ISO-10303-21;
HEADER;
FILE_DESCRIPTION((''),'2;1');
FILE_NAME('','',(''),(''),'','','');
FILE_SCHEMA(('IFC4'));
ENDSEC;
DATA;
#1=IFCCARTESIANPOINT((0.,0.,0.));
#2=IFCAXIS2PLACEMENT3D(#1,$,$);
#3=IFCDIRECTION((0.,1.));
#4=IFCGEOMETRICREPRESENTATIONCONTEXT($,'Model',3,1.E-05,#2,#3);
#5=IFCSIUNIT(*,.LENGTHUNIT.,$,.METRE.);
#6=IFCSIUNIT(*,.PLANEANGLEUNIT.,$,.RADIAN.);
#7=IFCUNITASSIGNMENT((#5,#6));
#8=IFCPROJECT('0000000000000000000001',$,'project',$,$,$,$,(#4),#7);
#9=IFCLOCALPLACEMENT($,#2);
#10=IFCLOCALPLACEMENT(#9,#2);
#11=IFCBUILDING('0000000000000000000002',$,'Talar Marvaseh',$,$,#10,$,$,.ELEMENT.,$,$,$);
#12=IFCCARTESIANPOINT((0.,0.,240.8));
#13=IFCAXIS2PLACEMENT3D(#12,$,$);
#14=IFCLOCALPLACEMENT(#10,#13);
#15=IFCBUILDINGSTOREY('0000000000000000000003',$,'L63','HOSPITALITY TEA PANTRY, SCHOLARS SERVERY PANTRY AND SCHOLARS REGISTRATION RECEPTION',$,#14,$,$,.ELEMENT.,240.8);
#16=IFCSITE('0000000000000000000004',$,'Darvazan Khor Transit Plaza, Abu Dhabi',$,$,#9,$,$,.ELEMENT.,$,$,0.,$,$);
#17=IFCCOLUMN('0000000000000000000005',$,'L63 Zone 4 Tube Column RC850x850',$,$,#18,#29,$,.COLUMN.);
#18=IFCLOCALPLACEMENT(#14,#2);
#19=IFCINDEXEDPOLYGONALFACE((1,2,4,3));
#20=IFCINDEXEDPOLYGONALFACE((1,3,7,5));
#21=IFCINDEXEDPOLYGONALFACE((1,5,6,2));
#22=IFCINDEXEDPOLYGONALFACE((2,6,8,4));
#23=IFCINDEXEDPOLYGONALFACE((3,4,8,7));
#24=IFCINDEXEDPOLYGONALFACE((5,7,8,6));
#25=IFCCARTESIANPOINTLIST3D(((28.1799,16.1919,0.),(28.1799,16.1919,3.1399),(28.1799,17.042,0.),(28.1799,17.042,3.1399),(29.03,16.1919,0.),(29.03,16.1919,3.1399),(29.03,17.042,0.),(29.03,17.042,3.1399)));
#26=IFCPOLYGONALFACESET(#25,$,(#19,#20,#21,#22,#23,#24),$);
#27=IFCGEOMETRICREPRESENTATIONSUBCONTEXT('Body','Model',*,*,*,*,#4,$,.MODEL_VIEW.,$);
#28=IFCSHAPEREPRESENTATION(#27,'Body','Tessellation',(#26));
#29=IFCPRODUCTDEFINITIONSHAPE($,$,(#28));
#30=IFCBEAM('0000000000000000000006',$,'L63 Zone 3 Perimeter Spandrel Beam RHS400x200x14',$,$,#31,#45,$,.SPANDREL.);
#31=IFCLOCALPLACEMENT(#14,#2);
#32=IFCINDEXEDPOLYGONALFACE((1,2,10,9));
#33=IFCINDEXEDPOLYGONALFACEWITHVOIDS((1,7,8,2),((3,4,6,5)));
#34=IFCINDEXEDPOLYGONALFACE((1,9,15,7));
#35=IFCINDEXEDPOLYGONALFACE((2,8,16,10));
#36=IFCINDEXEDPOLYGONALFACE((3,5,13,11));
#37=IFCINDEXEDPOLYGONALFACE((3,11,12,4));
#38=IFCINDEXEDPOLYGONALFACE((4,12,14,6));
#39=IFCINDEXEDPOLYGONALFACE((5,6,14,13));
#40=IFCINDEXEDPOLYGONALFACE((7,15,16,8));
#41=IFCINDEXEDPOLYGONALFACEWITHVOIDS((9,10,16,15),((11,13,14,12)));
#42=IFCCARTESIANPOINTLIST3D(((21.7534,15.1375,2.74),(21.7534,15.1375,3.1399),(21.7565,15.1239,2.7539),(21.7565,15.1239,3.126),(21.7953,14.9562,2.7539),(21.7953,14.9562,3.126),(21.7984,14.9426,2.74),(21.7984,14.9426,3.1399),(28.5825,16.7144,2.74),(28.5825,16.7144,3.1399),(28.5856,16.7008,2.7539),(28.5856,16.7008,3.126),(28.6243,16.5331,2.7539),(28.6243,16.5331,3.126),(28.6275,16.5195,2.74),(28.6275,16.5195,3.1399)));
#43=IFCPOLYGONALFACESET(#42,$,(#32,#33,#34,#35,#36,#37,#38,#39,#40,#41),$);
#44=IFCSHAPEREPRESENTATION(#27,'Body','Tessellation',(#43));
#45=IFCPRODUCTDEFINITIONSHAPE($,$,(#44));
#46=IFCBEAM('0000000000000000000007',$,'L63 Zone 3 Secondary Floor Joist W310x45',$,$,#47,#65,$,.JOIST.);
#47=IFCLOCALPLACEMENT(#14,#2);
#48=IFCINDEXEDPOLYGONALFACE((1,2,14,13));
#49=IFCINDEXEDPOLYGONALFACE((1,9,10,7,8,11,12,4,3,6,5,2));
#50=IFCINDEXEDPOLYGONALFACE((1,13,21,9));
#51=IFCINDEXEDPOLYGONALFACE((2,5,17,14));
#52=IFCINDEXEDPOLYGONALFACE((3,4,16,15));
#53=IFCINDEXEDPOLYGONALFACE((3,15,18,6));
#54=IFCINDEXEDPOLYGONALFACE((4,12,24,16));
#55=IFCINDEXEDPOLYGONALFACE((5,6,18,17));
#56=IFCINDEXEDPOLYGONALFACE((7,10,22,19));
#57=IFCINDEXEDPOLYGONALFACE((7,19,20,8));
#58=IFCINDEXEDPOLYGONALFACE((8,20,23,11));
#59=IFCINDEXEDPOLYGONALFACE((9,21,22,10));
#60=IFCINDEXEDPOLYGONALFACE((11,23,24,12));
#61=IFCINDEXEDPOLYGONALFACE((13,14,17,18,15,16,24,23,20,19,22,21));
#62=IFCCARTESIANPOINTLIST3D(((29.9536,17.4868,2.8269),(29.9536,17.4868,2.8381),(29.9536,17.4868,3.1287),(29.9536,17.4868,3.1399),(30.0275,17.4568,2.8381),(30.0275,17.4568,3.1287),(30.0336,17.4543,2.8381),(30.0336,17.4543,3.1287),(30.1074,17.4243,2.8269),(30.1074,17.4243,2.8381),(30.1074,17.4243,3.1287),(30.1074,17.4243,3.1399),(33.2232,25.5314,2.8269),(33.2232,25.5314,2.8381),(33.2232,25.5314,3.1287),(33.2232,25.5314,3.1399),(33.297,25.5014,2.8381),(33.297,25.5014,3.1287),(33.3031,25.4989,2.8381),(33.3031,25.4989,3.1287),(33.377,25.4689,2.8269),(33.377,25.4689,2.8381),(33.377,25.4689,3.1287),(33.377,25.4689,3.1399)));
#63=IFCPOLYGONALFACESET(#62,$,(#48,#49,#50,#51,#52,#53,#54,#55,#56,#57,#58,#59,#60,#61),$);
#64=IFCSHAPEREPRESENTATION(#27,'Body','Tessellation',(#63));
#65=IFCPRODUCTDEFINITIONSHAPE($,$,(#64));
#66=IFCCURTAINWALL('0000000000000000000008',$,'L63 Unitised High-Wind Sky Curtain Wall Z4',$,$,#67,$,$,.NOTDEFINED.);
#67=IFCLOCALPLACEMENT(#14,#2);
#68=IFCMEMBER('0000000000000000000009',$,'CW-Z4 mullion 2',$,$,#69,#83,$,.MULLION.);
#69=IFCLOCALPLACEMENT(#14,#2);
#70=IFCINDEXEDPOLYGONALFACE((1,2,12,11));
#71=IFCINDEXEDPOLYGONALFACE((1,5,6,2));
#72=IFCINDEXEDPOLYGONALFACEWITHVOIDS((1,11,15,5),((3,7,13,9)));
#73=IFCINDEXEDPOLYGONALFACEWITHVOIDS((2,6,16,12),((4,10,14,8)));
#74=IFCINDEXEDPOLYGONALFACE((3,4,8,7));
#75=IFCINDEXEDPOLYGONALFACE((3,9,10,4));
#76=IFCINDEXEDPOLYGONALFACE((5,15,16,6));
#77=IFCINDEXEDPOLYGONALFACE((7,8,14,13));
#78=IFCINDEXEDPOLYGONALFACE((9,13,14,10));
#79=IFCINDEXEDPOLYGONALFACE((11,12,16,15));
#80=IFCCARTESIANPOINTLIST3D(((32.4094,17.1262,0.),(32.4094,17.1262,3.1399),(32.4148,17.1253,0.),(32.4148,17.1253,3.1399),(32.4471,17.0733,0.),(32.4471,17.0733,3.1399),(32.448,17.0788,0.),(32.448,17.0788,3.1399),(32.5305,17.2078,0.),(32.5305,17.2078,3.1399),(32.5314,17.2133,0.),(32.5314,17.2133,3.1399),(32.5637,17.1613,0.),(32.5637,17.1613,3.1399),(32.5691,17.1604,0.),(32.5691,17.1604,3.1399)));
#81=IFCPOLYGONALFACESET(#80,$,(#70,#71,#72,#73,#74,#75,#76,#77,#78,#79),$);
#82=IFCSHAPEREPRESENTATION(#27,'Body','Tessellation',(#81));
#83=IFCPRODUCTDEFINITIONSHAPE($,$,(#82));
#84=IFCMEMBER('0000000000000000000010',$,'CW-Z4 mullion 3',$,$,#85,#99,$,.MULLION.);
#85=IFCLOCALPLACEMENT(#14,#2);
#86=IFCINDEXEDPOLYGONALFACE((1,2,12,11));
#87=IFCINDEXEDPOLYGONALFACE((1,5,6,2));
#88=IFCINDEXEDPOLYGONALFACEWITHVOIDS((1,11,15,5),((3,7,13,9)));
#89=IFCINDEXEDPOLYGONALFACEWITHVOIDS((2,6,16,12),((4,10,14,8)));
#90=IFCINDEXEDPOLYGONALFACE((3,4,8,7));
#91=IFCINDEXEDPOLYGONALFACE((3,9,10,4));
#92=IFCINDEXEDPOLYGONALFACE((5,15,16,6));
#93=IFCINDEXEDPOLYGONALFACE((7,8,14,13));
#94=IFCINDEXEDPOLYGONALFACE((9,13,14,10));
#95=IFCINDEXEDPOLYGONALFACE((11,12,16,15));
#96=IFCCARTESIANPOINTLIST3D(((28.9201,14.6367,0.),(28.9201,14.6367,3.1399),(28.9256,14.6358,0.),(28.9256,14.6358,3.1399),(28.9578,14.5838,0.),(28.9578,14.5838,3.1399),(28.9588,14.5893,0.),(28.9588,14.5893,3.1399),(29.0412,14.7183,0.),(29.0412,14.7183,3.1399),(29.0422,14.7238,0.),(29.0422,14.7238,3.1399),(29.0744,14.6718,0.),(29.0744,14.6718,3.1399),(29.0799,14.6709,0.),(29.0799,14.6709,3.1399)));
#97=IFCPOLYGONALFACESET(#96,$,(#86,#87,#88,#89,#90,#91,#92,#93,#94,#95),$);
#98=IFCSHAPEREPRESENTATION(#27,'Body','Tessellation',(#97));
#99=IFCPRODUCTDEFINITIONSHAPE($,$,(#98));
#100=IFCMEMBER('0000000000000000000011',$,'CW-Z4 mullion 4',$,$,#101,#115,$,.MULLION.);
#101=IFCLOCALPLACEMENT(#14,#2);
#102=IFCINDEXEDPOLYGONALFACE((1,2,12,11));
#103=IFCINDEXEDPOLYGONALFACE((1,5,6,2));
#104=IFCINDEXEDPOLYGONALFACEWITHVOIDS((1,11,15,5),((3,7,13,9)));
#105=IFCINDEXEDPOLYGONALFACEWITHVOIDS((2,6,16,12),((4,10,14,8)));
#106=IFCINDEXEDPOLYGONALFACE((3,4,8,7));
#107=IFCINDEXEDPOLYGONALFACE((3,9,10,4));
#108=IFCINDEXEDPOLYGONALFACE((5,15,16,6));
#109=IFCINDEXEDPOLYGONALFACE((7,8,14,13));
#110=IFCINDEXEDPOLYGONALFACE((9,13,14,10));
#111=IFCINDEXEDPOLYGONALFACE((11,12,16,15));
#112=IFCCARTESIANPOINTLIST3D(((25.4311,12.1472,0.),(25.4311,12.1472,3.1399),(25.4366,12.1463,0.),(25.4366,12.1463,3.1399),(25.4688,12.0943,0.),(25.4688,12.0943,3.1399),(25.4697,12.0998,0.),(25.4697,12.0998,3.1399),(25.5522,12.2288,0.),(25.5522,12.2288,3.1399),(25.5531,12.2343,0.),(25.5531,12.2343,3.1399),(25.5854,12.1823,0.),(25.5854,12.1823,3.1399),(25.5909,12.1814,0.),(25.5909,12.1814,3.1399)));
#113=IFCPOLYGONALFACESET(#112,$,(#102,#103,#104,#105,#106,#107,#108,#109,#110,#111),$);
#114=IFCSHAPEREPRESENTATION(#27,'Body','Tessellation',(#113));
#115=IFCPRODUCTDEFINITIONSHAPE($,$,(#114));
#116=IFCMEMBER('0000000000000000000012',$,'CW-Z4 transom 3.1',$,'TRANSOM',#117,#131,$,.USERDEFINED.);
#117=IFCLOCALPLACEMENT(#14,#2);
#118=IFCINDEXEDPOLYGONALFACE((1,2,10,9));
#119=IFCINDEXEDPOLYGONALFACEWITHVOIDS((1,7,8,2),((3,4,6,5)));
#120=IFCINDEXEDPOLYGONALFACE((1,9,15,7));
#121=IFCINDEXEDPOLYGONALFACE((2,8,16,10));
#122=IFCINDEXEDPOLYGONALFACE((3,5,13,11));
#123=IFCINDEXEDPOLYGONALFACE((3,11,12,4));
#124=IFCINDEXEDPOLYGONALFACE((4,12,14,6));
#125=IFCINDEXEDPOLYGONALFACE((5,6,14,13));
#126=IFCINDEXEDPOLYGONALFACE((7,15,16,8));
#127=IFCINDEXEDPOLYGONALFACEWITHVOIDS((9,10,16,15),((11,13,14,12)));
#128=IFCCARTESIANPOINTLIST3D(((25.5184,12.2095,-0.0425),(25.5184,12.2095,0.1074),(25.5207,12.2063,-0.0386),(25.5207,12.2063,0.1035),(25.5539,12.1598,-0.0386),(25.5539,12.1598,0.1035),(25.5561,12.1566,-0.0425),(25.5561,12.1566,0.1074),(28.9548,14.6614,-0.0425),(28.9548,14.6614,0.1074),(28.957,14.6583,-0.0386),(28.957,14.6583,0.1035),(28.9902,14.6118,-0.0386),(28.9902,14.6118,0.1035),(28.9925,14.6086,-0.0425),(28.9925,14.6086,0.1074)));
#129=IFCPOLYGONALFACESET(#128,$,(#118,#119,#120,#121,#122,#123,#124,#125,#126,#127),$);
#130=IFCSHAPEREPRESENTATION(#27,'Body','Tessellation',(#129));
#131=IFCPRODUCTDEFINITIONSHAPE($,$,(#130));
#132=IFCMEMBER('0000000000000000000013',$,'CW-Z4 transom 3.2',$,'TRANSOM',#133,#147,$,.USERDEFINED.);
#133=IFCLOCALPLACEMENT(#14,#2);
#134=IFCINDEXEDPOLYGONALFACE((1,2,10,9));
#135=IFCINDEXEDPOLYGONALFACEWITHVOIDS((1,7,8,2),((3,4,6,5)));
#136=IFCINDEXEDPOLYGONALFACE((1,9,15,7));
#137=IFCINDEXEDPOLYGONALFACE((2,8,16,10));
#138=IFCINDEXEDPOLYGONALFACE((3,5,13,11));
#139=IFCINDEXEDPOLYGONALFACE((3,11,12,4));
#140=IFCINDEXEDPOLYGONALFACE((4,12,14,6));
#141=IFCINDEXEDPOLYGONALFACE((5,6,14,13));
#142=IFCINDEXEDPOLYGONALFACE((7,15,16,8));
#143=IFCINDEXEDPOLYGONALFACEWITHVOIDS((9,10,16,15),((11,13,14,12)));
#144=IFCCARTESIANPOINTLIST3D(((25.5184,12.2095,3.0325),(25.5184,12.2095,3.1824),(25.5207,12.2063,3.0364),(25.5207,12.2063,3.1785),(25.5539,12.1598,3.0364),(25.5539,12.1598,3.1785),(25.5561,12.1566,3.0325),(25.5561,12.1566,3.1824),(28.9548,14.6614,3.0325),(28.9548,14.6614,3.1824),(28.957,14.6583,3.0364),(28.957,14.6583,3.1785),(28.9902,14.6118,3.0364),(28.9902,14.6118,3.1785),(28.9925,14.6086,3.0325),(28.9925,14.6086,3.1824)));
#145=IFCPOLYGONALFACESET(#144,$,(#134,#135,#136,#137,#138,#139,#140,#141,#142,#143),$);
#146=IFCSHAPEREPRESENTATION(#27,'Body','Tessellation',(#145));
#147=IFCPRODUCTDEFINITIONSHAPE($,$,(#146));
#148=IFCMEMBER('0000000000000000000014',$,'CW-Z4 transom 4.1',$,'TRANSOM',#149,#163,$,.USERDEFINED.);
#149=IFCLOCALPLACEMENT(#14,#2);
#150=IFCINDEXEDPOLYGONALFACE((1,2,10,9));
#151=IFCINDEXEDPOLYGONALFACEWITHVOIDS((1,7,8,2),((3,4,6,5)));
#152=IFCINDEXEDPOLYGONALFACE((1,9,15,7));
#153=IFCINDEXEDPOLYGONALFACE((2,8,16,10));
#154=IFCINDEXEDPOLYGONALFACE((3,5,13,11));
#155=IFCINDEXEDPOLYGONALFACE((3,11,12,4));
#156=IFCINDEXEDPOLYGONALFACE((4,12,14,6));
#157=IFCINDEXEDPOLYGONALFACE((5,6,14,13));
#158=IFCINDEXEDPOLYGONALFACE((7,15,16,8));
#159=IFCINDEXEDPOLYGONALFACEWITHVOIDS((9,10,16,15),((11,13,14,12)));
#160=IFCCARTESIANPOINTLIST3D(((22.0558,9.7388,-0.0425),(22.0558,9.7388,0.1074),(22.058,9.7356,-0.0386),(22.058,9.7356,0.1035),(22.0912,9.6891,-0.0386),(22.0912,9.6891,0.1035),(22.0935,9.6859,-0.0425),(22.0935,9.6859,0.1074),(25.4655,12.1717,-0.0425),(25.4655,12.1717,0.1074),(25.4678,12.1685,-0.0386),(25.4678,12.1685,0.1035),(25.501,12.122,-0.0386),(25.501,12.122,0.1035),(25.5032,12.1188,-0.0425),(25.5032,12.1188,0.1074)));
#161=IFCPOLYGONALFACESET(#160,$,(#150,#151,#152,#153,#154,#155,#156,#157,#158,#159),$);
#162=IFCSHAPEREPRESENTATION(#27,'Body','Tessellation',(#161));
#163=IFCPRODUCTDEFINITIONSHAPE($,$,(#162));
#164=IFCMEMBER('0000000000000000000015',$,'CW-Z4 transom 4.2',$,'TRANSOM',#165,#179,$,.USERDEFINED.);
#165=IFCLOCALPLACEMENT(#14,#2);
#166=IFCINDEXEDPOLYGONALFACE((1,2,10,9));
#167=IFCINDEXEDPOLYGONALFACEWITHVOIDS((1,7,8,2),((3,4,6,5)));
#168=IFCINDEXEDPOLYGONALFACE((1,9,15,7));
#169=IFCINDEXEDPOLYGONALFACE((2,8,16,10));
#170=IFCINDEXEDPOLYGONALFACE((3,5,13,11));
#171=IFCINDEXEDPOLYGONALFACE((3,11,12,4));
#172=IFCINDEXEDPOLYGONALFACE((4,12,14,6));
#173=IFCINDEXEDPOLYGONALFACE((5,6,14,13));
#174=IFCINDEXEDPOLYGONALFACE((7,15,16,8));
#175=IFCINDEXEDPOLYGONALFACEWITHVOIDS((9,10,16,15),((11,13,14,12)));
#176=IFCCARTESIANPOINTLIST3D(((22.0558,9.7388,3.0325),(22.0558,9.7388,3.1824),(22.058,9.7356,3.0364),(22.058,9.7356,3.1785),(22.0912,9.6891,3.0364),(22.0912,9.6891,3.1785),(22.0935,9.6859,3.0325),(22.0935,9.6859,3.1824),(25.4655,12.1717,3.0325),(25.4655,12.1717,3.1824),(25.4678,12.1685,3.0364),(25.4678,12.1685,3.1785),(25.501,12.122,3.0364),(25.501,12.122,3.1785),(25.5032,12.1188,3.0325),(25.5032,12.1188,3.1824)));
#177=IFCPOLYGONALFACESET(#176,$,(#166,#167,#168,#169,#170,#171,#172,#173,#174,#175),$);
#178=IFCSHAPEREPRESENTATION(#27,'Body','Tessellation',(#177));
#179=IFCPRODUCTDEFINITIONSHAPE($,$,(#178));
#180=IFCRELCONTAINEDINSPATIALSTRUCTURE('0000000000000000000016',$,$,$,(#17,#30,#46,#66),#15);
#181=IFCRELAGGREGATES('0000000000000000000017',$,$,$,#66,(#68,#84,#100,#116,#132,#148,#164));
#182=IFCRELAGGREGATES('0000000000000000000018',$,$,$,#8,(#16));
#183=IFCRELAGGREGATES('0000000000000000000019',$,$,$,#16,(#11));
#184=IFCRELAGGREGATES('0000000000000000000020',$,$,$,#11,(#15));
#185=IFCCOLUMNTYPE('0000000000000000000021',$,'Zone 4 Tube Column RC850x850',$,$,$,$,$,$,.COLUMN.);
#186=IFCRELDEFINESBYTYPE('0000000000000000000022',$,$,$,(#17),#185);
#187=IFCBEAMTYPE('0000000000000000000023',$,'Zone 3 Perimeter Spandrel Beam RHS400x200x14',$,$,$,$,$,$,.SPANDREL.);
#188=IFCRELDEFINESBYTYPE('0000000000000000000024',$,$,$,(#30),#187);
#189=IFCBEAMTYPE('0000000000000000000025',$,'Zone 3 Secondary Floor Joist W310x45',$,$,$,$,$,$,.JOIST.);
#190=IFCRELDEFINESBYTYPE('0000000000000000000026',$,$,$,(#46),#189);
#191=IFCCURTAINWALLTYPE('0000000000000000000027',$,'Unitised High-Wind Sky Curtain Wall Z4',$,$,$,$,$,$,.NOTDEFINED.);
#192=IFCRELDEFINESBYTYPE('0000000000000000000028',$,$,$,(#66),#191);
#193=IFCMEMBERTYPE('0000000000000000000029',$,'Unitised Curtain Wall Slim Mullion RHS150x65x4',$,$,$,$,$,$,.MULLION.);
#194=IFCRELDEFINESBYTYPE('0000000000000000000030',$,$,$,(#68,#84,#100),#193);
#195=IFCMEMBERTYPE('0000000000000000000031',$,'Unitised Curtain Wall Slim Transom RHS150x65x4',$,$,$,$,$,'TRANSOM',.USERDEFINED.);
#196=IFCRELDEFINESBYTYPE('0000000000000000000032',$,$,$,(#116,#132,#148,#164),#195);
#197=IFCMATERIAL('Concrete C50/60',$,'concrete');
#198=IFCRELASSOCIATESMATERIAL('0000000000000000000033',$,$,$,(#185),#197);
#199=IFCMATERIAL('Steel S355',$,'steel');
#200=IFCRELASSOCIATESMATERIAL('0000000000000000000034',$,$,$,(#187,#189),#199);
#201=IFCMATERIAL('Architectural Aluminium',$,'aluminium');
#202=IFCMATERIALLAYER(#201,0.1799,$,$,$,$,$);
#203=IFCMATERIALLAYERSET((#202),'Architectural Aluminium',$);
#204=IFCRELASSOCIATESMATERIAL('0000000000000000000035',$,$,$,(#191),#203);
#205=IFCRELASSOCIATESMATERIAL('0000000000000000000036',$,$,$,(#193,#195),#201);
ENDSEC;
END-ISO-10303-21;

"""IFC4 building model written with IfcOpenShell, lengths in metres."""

from ifc_helpers import new_model, si_unit, direction, frame, origin, origin_2d, place, context, subcontext, project, spatial, rectangle, hollow_rectangle, i_section, extrude, source, transform, mapped, material, layer, layer_set, material_profile, profile_set, type_object, type_shapes, element, aggregate, save


model = new_model("IFC4")

# Units and contexts
model_context = context("Model", 3, precision=1e-05, world=origin(), true_north=direction((0.0, 1.0)))
body_context = subcontext(model_context, "Body", "Model", "MODEL_VIEW")
ifc_project = project(units=[si_unit("LENGTHUNIT", "METRE"), si_unit("PLANEANGLEUNIT", "RADIAN")], contexts=[model_context])

# Site, building, storey
site_placement = place(None, origin())
site = spatial("IfcSite", under=ifc_project, at=site_placement, Name="Darvazan Khor Transit Plaza, Abu Dhabi", CompositionType="ELEMENT", RefElevation=0.0)
building_placement = place(site_placement, origin())
building = spatial("IfcBuilding", under=site, at=building_placement, Name="Talar Marvaseh", CompositionType="ELEMENT")
storey_placement = place(building_placement, frame((0.0, 0.0, 240.8)))
storey = spatial("IfcBuildingStorey", under=building, at=storey_placement, Name="L63", Description="HOSPITALITY TEA PANTRY, SCHOLARS SERVERY PANTRY AND SCHOLARS REGISTRATION RECEPTION", CompositionType="ELEMENT", Elevation=240.8)

# Column
ifc_material_1 = material(Name="Concrete C50/60", Category="concrete")
ifc_material_profile_1 = material_profile(ifc_material_1, rectangle(XDim=0.8501, YDim=0.8501, at=origin_2d()), Name="RC850x850")
ifc_profile_set_1 = profile_set([ifc_material_profile_1], Name="Concrete C50/60")
column_type = type_object("IfcColumnType", Name="Zone 4 Tube Column RC850x850", PredefinedType="COLUMN", material=ifc_profile_set_1)
column_placement = place(storey_placement, frame((28.605, 16.6169, 0.0), z_axis=(0.0, 0.0, 1.0), x_axis=(1.0, 0.0, 0.0)))
element("IfcColumn", 1, at=column_placement, inside=storey, type_object=column_type, Name="L63 Zone 4 Tube Column RC850x850", PredefinedType="COLUMN", context=body_context, shape_type="SweptSolid", body=[
    extrude(rectangle(XDim=0.8501, YDim=0.8501, at=origin_2d()), origin(), (0.0, 0.0, 1.0), 3.1399),
])

# Beams
ifc_material_2 = material(Name="Steel S355", Category="steel")
ifc_material_profile_2 = material_profile(ifc_material_2, hollow_rectangle(XDim=0.2, YDim=0.3999, WallThickness=0.0139, at=origin_2d()), Name="RHS400x200x14")
ifc_profile_set_2 = profile_set([ifc_material_profile_2], Name="Steel S355")
beam_type_1 = type_object("IfcBeamType", Name="Zone 3 Perimeter Spandrel Beam RHS400x200x14", PredefinedType="SPANDREL", material=ifc_profile_set_2)
beam_1_placement = place(storey_placement, frame((28.605, 16.6169, 2.9399), z_axis=(-0.974361, -0.224989, 0.0), x_axis=(0.224989, -0.974361, 0.0)))
element("IfcBeam", 2, at=beam_1_placement, inside=storey, type_object=beam_type_1, Name="L63 Zone 3 Perimeter Spandrel Beam RHS400x200x14", PredefinedType="SPANDREL", context=body_context, shape_type="SweptSolid", body=[
    extrude(hollow_rectangle(XDim=0.2, YDim=0.3999, WallThickness=0.0139, at=origin_2d()), origin(), (0.0, 0.0, 1.0), 7.0088),
])
ifc_material_profile_3 = material_profile(ifc_material_2, i_section(OverallWidth=0.166, OverallDepth=0.313, WebThickness=0.0066, FlangeThickness=0.0112, at=origin_2d()), Name="W310x45")
ifc_profile_set_3 = profile_set([ifc_material_profile_3], Name="Steel S355")
beam_type_2 = type_object("IfcBeamType", Name="Zone 3 Secondary Floor Joist W310x45", PredefinedType="JOIST", material=ifc_profile_set_3)
beam_2_placement = place(storey_placement, frame((30.0305, 17.4556, 2.9834), z_axis=(0.376523, 0.926407, 0.0), x_axis=(-0.926407, 0.376523, 0.0)))
element("IfcBeam", 3, at=beam_2_placement, inside=storey, type_object=beam_type_2, Name="L63 Zone 3 Secondary Floor Joist W310x45", PredefinedType="JOIST", context=body_context, shape_type="SweptSolid", body=[
    extrude(i_section(OverallWidth=0.166, OverallDepth=0.313, WebThickness=0.0066, FlangeThickness=0.0112, at=origin_2d()), origin(), (0.0, 0.0, 1.0), 8.6836),
])

# Curtain wall, members
ifc_material_3 = material(Name="Architectural Aluminium", Category="aluminium")
ifc_layer_1 = layer(ifc_material_3, 0.1799)
ifc_layer_set_1 = layer_set([ifc_layer_1], Name="Architectural Aluminium")
curtain_wall_type = type_object("IfcCurtainWallType", Name="Unitised High-Wind Sky Curtain Wall Z4", PredefinedType="NOTDEFINED", material=ifc_layer_set_1)
curtain_wall_placement = place(storey_placement, origin())
curtain_wall = element("IfcCurtainWall", 4, at=curtain_wall_placement, inside=storey, type_object=curtain_wall_type, Name="L63 Unitised High-Wind Sky Curtain Wall Z4", PredefinedType="NOTDEFINED")
ifc_material_profile_4 = material_profile(ifc_material_3, hollow_rectangle(XDim=0.0649, YDim=0.1499, WallThickness=0.0039, at=origin_2d()), Name="RHS150x65x4")
ifc_profile_set_4 = profile_set([ifc_material_profile_4], Name="Architectural Aluminium")
member_type_1 = type_object("IfcMemberType", Name="Unitised Curtain Wall Slim Mullion RHS150x65x4", PredefinedType="MULLION", material=ifc_profile_set_4)
shared_shape_1 = source(origin(), body_context, "Body", "SweptSolid", [
    extrude(hollow_rectangle(XDim=0.0649, YDim=0.1499, WallThickness=0.0039, at=origin_2d()), origin(), (0.0, 0.0, 1.0), 3.1399),
])
type_shapes(member_type_1, [shared_shape_1])
member_1_placement = place(storey_placement, frame((32.4893, 17.1433, 0.0), z_axis=(0.0, 0.0, 1.0), x_axis=(0.580831, -0.814024, 0.0)))
member_1 = element("IfcMember", 5, at=member_1_placement, type_object=member_type_1, Name="CW-Z4 mullion 2", PredefinedType="MULLION", context=body_context, shape_type="MappedRepresentation", body=[
    mapped(shared_shape_1, transform((0.0, 0.0, 0.0), x_axis=(1.0, 0.0, 0.0), y_axis=(0.0, 1.0, 0.0), z_axis=(0.0, 0.0, 1.0), scale=1.0)),
])
member_2_placement = place(storey_placement, frame((29.0, 14.6538, 0.0), z_axis=(0.0, 0.0, 1.0), x_axis=(0.580831, -0.814024, 0.0)))
member_2 = element("IfcMember", 6, at=member_2_placement, type_object=member_type_1, Name="CW-Z4 mullion 3", PredefinedType="MULLION", context=body_context, shape_type="MappedRepresentation", body=[
    mapped(shared_shape_1, transform((0.0, 0.0, 0.0), x_axis=(1.0, 0.0, 0.0), y_axis=(0.0, 1.0, 0.0), z_axis=(0.0, 0.0, 1.0), scale=1.0)),
])
member_3_placement = place(storey_placement, frame((25.511, 12.1643, 0.0), z_axis=(0.0, 0.0, 1.0), x_axis=(0.580831, -0.814024, 0.0)))
member_3 = element("IfcMember", 7, at=member_3_placement, type_object=member_type_1, Name="CW-Z4 mullion 4", PredefinedType="MULLION", context=body_context, shape_type="MappedRepresentation", body=[
    mapped(shared_shape_1, transform((0.0, 0.0, 0.0), x_axis=(1.0, 0.0, 0.0), y_axis=(0.0, 1.0, 0.0), z_axis=(0.0, 0.0, 1.0), scale=1.0)),
])
ifc_material_profile_5 = material_profile(ifc_material_3, hollow_rectangle(XDim=0.0649, YDim=0.1499, WallThickness=0.0039, at=origin_2d()), Name="RHS150x65x4")
ifc_profile_set_5 = profile_set([ifc_material_profile_5], Name="Architectural Aluminium")
member_type_2 = type_object("IfcMemberType", Name="Unitised Curtain Wall Slim Transom RHS150x65x4", ElementType="TRANSOM", PredefinedType="USERDEFINED", material=ifc_profile_set_5)
shared_shape_2 = source(origin(), body_context, "Body", "SweptSolid", [
    extrude(hollow_rectangle(XDim=0.0649, YDim=0.1499, WallThickness=0.0039, at=origin_2d()), origin(), (0.0, 0.0, 1.0), 4.2214),
])
member_4_placement = place(storey_placement, frame((28.9736, 14.635, 0.0325), z_axis=(-0.814023, -0.580833, 0.0), x_axis=(0.580833, -0.814023, 0.0)))
member_4 = element("IfcMember", 8, at=member_4_placement, type_object=member_type_2, Name="CW-Z4 transom 3.1", ObjectType="TRANSOM", PredefinedType="USERDEFINED", context=body_context, shape_type="MappedRepresentation", body=[
    mapped(shared_shape_2, transform((0.0, 0.0, 0.0), x_axis=(1.0, 0.0, 0.0), y_axis=(0.0, 1.0, 0.0), z_axis=(0.0, 0.0, 1.0), scale=1.0)),
])
member_5_placement = place(storey_placement, frame((28.9736, 14.635, 3.1074), z_axis=(-0.814023, -0.580833, 0.0), x_axis=(0.580833, -0.814023, 0.0)))
member_5 = element("IfcMember", 9, at=member_5_placement, type_object=member_type_2, Name="CW-Z4 transom 3.2", ObjectType="TRANSOM", PredefinedType="USERDEFINED", context=body_context, shape_type="MappedRepresentation", body=[
    mapped(shared_shape_2, transform((0.0, 0.0, 0.0), x_axis=(1.0, 0.0, 0.0), y_axis=(0.0, 1.0, 0.0), z_axis=(0.0, 0.0, 1.0), scale=1.0)),
])
shared_shape_3 = source(origin(), body_context, "Body", "SweptSolid", [
    extrude(hollow_rectangle(XDim=0.0649, YDim=0.1499, WallThickness=0.0039, at=origin_2d()), origin(), (0.0, 0.0, 1.0), 4.1887),
])
member_6_placement = place(storey_placement, frame((25.4844, 12.1453, 0.0325), z_axis=(-0.814029, -0.580825, 0.0), x_axis=(0.580825, -0.814029, 0.0)))
member_6 = element("IfcMember", 10, at=member_6_placement, type_object=member_type_2, Name="CW-Z4 transom 4.1", ObjectType="TRANSOM", PredefinedType="USERDEFINED", context=body_context, shape_type="MappedRepresentation", body=[
    mapped(shared_shape_3, transform((0.0, 0.0, 0.0), x_axis=(1.0, 0.0, 0.0), y_axis=(0.0, 1.0, 0.0), z_axis=(0.0, 0.0, 1.0), scale=1.0)),
])
member_7_placement = place(storey_placement, frame((25.4844, 12.1453, 3.1074), z_axis=(-0.814029, -0.580825, 0.0), x_axis=(0.580825, -0.814029, 0.0)))
member_7 = element("IfcMember", 11, at=member_7_placement, type_object=member_type_2, Name="CW-Z4 transom 4.2", ObjectType="TRANSOM", PredefinedType="USERDEFINED", context=body_context, shape_type="MappedRepresentation", body=[
    mapped(shared_shape_3, transform((0.0, 0.0, 0.0), x_axis=(1.0, 0.0, 0.0), y_axis=(0.0, 1.0, 0.0), z_axis=(0.0, 0.0, 1.0), scale=1.0)),
])
aggregate(curtain_wall, [member_1, member_2, member_3, member_4, member_5, member_6, member_7])

save(model, "model.ifc")
